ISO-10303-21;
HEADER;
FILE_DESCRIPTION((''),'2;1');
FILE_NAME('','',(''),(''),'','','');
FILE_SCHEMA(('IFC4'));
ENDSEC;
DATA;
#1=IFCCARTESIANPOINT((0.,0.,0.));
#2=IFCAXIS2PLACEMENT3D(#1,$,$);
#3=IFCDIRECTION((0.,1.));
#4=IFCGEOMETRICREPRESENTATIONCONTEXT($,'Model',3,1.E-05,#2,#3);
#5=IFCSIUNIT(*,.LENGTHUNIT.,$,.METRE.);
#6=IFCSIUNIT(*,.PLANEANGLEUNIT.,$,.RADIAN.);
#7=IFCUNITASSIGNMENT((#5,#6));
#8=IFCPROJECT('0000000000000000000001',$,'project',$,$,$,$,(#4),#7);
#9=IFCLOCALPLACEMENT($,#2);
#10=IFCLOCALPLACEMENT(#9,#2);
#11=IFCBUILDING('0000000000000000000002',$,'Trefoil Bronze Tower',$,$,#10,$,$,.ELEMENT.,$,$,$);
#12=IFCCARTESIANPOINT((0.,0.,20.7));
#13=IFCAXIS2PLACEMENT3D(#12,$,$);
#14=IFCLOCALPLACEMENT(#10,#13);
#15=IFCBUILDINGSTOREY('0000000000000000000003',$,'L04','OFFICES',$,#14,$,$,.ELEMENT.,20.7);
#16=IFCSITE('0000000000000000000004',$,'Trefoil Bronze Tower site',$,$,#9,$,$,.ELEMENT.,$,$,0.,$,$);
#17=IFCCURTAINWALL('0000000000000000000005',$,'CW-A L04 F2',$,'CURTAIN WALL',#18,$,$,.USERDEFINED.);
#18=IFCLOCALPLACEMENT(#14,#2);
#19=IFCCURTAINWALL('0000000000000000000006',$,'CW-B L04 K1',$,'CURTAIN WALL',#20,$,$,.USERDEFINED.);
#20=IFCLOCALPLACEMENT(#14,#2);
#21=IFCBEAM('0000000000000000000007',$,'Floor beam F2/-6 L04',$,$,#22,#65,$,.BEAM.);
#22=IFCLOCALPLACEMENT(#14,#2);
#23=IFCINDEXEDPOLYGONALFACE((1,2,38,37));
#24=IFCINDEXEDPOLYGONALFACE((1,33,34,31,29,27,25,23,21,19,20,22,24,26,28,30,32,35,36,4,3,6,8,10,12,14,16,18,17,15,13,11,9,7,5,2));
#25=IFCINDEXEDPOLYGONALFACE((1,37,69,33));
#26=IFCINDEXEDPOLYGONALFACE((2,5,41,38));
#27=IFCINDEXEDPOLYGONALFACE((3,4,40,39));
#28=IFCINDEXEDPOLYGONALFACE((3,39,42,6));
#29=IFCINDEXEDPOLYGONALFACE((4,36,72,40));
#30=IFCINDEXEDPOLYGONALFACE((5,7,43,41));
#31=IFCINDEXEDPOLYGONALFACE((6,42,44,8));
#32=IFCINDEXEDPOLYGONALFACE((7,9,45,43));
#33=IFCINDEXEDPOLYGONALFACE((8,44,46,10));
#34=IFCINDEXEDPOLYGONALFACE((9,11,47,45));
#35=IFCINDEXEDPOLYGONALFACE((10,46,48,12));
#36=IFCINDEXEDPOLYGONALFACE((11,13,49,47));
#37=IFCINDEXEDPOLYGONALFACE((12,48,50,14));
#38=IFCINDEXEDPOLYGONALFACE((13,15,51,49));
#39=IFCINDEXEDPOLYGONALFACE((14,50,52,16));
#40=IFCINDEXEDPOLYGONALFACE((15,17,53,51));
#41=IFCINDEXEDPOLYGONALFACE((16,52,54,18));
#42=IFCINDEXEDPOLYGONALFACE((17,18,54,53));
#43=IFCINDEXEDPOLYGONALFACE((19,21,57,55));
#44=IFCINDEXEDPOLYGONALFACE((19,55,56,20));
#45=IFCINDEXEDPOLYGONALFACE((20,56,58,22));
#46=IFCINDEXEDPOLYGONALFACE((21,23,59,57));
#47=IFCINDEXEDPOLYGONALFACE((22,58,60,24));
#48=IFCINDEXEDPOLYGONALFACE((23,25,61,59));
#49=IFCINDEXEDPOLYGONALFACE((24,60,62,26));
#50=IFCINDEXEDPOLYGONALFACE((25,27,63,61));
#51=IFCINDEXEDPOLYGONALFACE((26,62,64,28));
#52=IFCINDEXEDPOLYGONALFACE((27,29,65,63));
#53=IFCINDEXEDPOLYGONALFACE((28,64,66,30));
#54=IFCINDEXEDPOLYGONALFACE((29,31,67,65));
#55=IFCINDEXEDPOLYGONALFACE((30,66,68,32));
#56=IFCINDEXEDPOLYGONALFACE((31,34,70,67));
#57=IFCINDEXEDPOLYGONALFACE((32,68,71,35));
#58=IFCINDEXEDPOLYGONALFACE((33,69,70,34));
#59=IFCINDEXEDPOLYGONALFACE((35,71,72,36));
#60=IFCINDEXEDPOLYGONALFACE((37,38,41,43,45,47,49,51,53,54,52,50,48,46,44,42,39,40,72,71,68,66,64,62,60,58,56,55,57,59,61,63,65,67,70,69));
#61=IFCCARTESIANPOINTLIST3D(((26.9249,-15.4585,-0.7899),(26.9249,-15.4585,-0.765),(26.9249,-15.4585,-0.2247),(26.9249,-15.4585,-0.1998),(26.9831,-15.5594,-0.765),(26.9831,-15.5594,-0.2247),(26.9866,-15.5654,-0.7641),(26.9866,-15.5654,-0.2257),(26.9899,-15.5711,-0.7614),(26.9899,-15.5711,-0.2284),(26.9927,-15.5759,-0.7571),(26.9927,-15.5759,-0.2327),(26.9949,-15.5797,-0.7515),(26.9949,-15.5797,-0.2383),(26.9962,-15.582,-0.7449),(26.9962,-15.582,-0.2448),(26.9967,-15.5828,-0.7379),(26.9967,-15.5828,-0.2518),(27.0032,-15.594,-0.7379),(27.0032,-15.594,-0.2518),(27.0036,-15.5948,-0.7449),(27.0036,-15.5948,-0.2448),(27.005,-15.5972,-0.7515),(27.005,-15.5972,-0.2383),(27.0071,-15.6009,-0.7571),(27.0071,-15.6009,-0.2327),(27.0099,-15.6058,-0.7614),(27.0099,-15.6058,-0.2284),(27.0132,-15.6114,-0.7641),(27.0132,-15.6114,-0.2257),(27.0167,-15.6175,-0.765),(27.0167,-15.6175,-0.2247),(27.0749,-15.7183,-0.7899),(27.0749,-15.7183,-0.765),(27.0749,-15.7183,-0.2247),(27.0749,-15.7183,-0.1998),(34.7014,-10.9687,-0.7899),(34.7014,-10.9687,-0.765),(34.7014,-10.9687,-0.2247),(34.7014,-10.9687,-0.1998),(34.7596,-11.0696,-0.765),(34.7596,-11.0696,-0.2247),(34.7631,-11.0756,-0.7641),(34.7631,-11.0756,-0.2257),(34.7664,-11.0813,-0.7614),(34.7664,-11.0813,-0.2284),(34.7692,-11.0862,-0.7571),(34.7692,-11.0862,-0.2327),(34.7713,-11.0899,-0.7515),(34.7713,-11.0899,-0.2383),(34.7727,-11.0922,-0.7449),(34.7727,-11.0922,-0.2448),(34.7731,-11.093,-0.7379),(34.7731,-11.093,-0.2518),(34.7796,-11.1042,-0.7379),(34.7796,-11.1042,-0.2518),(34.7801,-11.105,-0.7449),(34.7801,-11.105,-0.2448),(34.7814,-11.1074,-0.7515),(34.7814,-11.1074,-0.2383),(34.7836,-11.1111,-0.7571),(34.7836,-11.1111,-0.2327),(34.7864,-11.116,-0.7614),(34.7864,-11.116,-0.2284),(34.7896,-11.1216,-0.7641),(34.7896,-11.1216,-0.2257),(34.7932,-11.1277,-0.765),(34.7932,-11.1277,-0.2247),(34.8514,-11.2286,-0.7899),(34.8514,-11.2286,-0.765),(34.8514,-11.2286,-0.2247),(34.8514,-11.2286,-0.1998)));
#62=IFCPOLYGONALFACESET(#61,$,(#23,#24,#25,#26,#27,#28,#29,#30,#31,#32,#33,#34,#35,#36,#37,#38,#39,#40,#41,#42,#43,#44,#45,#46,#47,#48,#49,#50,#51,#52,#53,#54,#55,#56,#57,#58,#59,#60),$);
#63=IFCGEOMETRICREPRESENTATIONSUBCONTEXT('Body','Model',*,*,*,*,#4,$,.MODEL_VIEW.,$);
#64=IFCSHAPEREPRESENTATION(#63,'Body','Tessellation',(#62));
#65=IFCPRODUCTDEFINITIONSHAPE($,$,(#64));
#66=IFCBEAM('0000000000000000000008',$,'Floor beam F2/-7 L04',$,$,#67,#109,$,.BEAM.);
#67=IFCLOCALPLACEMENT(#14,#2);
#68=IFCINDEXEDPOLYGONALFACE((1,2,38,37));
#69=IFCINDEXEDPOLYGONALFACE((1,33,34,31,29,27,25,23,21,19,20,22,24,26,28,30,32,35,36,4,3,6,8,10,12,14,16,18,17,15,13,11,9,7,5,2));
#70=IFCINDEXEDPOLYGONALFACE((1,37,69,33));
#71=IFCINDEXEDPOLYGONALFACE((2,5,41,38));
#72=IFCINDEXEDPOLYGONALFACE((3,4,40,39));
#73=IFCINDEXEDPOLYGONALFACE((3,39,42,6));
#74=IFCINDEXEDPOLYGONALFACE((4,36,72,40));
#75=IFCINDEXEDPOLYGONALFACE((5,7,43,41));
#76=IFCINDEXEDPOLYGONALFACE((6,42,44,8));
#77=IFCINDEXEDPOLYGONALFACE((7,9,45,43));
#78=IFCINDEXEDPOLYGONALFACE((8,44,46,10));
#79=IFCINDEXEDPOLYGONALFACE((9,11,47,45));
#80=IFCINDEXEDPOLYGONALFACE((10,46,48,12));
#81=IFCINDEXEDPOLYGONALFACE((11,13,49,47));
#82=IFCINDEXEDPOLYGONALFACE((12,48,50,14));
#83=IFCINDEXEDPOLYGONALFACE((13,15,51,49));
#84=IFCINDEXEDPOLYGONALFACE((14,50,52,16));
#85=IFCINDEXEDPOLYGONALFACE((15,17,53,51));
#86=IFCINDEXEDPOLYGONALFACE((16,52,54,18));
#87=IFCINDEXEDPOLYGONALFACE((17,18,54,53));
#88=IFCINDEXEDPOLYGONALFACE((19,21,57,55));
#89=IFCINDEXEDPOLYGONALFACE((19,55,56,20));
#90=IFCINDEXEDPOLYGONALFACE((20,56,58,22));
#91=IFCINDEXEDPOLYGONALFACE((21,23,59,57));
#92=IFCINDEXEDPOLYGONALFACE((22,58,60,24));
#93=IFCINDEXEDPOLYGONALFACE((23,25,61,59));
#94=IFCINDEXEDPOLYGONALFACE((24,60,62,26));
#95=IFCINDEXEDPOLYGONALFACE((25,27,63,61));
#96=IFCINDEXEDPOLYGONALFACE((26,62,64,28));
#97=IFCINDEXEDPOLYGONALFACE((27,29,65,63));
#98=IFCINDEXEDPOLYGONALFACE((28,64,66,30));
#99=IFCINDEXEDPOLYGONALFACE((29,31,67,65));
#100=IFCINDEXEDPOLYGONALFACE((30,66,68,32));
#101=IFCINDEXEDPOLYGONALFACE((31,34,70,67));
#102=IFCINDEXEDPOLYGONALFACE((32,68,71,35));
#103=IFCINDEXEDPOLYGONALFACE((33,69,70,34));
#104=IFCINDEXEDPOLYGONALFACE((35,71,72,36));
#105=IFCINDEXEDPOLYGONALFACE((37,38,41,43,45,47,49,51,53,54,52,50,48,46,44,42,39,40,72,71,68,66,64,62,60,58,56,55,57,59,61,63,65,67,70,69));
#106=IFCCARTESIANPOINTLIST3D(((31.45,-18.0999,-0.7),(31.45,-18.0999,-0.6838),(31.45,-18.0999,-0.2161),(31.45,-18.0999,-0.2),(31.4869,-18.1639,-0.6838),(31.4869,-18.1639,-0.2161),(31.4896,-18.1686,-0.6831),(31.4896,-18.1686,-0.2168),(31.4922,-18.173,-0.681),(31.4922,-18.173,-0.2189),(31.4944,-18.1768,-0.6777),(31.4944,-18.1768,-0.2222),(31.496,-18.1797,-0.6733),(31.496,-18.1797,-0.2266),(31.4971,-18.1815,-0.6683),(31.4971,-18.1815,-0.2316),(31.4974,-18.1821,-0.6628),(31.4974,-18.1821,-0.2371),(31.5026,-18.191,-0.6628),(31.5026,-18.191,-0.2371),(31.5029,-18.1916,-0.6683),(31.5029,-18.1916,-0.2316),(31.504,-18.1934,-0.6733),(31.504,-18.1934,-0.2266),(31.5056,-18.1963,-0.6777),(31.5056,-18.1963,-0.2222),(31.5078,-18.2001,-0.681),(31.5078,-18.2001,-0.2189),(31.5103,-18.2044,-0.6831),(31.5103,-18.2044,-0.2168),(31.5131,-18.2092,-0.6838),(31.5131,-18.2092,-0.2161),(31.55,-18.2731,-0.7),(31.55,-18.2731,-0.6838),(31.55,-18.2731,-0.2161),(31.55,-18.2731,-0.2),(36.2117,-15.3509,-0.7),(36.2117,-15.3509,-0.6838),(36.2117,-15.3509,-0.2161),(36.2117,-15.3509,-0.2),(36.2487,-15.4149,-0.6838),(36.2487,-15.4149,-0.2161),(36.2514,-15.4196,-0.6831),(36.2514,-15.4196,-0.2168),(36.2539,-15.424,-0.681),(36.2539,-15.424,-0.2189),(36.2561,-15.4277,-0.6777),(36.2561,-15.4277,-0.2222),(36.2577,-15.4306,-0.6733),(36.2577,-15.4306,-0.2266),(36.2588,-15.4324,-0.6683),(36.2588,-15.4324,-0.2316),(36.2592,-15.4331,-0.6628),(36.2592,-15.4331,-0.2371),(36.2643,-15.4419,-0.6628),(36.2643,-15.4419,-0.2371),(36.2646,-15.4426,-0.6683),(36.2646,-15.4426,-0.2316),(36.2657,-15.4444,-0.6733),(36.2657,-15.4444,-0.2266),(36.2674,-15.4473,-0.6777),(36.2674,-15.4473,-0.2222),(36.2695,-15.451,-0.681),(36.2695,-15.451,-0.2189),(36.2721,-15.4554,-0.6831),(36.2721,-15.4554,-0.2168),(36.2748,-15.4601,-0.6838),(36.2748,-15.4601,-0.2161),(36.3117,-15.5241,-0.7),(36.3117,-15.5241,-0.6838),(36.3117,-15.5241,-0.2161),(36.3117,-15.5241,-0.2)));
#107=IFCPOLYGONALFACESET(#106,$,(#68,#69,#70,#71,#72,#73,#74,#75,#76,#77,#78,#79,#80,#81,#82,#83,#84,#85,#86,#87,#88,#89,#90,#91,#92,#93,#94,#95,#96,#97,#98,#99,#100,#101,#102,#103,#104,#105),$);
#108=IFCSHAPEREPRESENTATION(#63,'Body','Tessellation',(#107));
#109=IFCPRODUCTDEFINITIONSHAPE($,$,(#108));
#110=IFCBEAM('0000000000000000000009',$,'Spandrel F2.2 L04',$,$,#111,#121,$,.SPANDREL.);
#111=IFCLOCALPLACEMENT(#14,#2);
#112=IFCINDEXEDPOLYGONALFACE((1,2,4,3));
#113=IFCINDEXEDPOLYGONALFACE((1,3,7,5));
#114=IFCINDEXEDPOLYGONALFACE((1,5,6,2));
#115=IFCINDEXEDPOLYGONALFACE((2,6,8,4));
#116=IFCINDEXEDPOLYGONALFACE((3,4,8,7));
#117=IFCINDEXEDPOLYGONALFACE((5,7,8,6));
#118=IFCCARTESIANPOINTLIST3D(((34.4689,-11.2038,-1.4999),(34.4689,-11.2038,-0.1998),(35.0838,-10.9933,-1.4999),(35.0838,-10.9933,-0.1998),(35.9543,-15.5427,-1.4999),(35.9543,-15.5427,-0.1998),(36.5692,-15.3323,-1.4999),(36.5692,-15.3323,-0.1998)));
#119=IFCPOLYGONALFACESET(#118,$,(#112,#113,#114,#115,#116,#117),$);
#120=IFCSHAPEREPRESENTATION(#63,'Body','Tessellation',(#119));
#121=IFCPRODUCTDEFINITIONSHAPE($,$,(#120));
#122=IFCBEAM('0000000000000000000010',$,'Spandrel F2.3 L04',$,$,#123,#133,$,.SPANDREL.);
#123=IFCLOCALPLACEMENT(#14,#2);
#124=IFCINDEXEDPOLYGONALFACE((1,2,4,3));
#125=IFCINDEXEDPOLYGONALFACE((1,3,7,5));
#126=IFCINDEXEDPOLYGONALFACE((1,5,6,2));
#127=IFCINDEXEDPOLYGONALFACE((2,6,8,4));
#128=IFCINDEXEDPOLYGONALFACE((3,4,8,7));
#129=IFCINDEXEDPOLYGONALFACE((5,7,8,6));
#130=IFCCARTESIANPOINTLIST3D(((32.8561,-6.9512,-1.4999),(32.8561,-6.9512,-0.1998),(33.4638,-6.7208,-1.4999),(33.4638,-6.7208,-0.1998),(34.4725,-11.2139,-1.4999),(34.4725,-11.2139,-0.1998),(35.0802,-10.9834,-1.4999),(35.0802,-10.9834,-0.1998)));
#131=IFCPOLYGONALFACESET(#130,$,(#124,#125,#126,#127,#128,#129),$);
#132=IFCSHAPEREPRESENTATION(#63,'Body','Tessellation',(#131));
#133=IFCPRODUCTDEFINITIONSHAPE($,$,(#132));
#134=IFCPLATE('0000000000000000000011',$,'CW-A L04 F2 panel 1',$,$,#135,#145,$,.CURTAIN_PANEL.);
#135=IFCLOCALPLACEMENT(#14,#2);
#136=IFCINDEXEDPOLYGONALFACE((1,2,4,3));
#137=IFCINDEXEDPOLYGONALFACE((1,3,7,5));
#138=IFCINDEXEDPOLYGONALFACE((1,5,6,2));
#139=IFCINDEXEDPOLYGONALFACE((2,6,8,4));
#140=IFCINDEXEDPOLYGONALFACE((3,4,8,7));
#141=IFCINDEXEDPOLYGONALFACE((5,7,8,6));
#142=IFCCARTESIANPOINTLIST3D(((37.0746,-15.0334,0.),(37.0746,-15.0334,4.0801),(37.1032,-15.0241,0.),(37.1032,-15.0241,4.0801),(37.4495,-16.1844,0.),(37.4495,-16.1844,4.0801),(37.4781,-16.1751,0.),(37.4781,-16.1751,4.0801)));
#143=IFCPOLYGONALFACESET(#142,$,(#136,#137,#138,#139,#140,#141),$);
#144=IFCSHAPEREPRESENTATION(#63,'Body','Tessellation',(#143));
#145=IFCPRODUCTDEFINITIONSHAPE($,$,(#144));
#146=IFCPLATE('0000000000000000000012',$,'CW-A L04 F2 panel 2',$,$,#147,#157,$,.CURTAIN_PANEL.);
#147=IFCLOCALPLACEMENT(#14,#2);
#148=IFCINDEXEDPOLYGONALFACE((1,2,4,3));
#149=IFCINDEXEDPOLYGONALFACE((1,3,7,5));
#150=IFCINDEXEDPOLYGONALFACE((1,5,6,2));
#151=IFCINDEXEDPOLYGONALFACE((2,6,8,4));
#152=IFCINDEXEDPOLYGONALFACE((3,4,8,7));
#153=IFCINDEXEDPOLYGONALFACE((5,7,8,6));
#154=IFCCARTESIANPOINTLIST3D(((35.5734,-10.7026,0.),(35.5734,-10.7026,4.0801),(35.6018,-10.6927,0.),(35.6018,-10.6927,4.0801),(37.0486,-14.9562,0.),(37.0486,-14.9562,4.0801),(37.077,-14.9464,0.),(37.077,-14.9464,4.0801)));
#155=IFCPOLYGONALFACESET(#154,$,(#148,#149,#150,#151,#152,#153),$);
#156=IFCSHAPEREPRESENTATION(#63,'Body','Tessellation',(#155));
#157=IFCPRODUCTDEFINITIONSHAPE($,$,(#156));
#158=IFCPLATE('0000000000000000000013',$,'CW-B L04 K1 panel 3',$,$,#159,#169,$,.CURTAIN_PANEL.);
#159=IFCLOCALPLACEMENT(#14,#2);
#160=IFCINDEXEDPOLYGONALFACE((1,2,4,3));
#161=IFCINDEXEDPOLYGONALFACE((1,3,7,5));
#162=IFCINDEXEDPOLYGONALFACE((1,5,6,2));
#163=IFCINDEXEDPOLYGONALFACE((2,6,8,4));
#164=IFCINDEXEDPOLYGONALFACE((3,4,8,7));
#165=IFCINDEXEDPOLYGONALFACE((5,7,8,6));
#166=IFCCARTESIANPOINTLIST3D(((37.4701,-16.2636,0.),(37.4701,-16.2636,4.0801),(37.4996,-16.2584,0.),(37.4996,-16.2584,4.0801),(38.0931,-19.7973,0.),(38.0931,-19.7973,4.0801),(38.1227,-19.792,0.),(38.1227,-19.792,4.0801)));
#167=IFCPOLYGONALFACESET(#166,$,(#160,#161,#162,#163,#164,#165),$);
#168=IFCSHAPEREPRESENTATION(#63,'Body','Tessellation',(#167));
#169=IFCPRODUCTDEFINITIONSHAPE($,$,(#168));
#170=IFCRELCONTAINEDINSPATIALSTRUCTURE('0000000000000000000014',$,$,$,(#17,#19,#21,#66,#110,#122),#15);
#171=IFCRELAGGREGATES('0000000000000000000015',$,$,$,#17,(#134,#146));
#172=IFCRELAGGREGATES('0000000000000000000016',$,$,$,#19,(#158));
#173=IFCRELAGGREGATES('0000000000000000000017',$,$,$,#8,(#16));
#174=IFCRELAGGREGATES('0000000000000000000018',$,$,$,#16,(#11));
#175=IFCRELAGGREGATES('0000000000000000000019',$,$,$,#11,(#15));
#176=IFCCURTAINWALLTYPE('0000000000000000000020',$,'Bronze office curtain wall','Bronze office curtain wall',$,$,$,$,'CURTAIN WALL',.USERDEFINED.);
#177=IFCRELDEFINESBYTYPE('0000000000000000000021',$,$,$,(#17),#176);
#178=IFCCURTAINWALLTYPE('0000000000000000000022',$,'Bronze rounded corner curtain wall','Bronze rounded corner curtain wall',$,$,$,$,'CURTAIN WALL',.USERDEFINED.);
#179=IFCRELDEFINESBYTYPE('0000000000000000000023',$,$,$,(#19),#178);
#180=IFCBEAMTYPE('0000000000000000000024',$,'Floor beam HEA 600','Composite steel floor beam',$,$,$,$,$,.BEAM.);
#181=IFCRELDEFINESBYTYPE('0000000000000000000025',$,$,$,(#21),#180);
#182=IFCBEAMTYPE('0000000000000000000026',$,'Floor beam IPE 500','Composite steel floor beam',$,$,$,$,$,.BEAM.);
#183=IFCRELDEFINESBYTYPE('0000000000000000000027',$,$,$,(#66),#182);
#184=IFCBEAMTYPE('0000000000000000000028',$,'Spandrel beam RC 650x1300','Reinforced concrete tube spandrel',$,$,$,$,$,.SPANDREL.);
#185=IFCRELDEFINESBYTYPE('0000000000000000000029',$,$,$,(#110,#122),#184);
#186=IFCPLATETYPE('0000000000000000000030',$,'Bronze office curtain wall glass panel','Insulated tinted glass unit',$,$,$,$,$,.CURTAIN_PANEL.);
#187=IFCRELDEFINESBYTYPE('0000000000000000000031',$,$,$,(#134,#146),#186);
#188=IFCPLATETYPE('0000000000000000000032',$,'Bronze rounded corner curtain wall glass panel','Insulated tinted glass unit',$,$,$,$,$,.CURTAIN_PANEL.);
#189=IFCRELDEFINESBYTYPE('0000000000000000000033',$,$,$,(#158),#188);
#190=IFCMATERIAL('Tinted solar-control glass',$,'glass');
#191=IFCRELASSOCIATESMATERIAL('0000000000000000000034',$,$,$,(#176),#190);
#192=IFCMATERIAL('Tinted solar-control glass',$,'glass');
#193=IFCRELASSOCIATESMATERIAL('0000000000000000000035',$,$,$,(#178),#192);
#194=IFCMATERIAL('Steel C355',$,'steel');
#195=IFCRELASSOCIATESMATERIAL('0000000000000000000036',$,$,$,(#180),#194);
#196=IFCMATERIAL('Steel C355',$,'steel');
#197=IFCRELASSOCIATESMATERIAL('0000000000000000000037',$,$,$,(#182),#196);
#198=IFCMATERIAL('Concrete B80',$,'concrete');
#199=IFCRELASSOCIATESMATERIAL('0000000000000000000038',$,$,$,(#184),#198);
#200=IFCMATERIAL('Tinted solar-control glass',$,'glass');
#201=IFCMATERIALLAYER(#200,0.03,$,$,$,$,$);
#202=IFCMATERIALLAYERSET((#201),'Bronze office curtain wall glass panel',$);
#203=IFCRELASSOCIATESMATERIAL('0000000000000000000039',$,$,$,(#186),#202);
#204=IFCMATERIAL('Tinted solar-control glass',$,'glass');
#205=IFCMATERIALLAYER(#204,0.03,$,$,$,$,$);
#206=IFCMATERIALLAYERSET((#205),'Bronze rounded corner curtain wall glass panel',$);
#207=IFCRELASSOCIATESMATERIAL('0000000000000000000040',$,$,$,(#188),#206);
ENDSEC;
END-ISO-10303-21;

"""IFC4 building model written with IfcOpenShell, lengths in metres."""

from ifc_helpers import new_model, si_unit, direction, frame, origin, origin_2d, place, context, subcontext, project, spatial, rectangle, i_section, extrude, material, layer, layer_set, material_profile, profile_set, type_object, element, aggregate, save


model = new_model("IFC4")

# Units and contexts
model_context = context("Model", 3, precision=1e-05, world=origin(), true_north=direction((0.0, 1.0)))
body_context = subcontext(model_context, "Body", "Model", "MODEL_VIEW")
ifc_project = project(units=[si_unit("LENGTHUNIT", "METRE"), si_unit("PLANEANGLEUNIT", "RADIAN")], contexts=[model_context])

# Site, building, storey
site_placement = place(None, origin())
site = spatial("IfcSite", under=ifc_project, at=site_placement, Name="Trefoil Bronze Tower site", CompositionType="ELEMENT", RefElevation=0.0)
building_placement = place(site_placement, origin())
building = spatial("IfcBuilding", under=site, at=building_placement, Name="Trefoil Bronze Tower", CompositionType="ELEMENT")
storey_placement = place(building_placement, frame((0.0, 0.0, 20.7)))
storey = spatial("IfcBuildingStorey", under=building, at=storey_placement, Name="L04", Description="OFFICES", CompositionType="ELEMENT", Elevation=20.7)

# Curtain wall
ifc_material_1 = material(Name="Tinted solar-control glass", Category="glass")
curtain_wall_type_1 = type_object("IfcCurtainWallType", Name="Bronze office curtain wall", Description="Bronze office curtain wall", ElementType="CURTAIN WALL", PredefinedType="USERDEFINED", material=ifc_material_1)
curtain_wall_1_placement = place(storey_placement, origin())
curtain_wall_1 = element("IfcCurtainWall", 1, at=curtain_wall_1_placement, inside=storey, type_object=curtain_wall_type_1, Name="CW-A L04 F2", ObjectType="CURTAIN WALL", PredefinedType="USERDEFINED")

# Curtain wall
ifc_material_2 = material(Name="Tinted solar-control glass", Category="glass")
curtain_wall_type_2 = type_object("IfcCurtainWallType", Name="Bronze rounded corner curtain wall", Description="Bronze rounded corner curtain wall", ElementType="CURTAIN WALL", PredefinedType="USERDEFINED", material=ifc_material_2)
curtain_wall_2_placement = place(storey_placement, origin())
curtain_wall_2 = element("IfcCurtainWall", 2, at=curtain_wall_2_placement, inside=storey, type_object=curtain_wall_type_2, Name="CW-B L04 K1", ObjectType="CURTAIN WALL", PredefinedType="USERDEFINED")

# Beams
ifc_material_3 = material(Name="Steel C355", Category="steel")
ifc_material_profile_1 = material_profile(ifc_material_3, i_section(OverallWidth=0.3, OverallDepth=0.5901, WebThickness=0.0129, FlangeThickness=0.0249, FilletRadius=0.0271, at=origin_2d()), Name="HEA 600")
ifc_profile_set_1 = profile_set([ifc_material_profile_1], Name="Steel C355")
beam_type_1 = type_object("IfcBeamType", Name="Floor beam HEA 600", Description="Composite steel floor beam", PredefinedType="BEAM", material=ifc_profile_set_1)
beam_1_placement = place(storey_placement, frame((34.7764, -11.0986, -0.4949), z_axis=(-0.866023, -0.500005, 0.0), x_axis=(0.500005, -0.866023, 0.0)))
element("IfcBeam", 3, at=beam_1_placement, inside=storey, type_object=beam_type_1, Name="Floor beam F2/-6 L04", PredefinedType="BEAM", context=body_context, shape_type="SweptSolid", body=[
    extrude(i_section(OverallWidth=0.3, OverallDepth=0.5901, WebThickness=0.0129, FlangeThickness=0.0249, FilletRadius=0.0271, at=origin_2d()), origin(), (0.0, 0.0, 1.0), 8.9795),
])
ifc_material_4 = material(Name="Steel C355", Category="steel")
ifc_material_profile_2 = material_profile(ifc_material_4, i_section(OverallWidth=0.2, OverallDepth=0.5, WebThickness=0.0103, FlangeThickness=0.0161, FilletRadius=0.021, at=origin_2d()), Name="IPE 500")
ifc_profile_set_2 = profile_set([ifc_material_profile_2], Name="Steel C355")
beam_type_2 = type_object("IfcBeamType", Name="Floor beam IPE 500", Description="Composite steel floor beam", PredefinedType="BEAM", material=ifc_profile_set_2)
beam_2_placement = place(storey_placement, frame((36.2617, -15.4375, -0.45), z_axis=(-0.866038, -0.499979, 0.0), x_axis=(0.499979, -0.866038, 0.0)))
element("IfcBeam", 4, at=beam_2_placement, inside=storey, type_object=beam_type_2, Name="Floor beam F2/-7 L04", PredefinedType="BEAM", context=body_context, shape_type="SweptSolid", body=[
    extrude(i_section(OverallWidth=0.2, OverallDepth=0.5, WebThickness=0.0103, FlangeThickness=0.0161, FilletRadius=0.021, at=origin_2d()), origin(), (0.0, 0.0, 1.0), 5.4983),
])
ifc_material_5 = material(Name="Concrete B80", Category="concrete")
ifc_material_profile_3 = material_profile(ifc_material_5, rectangle(XDim=0.6499, YDim=1.3, at=origin_2d()), Name="RC 650x1300")
ifc_profile_set_3 = profile_set([ifc_material_profile_3], Name="Concrete B80")
beam_type_3 = type_object("IfcBeamType", Name="Spandrel beam RC 650x1300", Description="Reinforced concrete tube spandrel", PredefinedType="SPANDREL", material=ifc_profile_set_3)
beam_3_placement = place(storey_placement, frame((36.2617, -15.4375, -0.8499), z_axis=(-0.323883, 0.946097, 0.0), x_axis=(-0.946097, -0.323883, 0.0)))
element("IfcBeam", 5, at=beam_3_placement, inside=storey, type_object=beam_type_3, Name="Spandrel F2.2 L04", PredefinedType="SPANDREL", context=body_context, shape_type="SweptSolid", body=[
    extrude(rectangle(XDim=0.6499, YDim=1.3, at=origin_2d()), origin(), (0.0, 0.0, 1.0), 4.5862),
])
beam_4_placement = place(storey_placement, frame((34.7764, -11.0986, -0.8499), z_axis=(-0.354572, 0.935029, 0.0), x_axis=(-0.935029, -0.354572, 0.0)))
element("IfcBeam", 6, at=beam_4_placement, inside=storey, type_object=beam_type_3, Name="Spandrel F2.3 L04", PredefinedType="SPANDREL", context=body_context, shape_type="SweptSolid", body=[
    extrude(rectangle(XDim=0.6499, YDim=1.3, at=origin_2d()), origin(), (0.0, 0.0, 1.0), 4.5588),
])

# Plates
ifc_material_6 = material(Name="Tinted solar-control glass", Category="glass")
ifc_layer_1 = layer(ifc_material_6, 0.03)
ifc_layer_set_1 = layer_set([ifc_layer_1], Name="Bronze office curtain wall glass panel")
plate_type_1 = type_object("IfcPlateType", Name="Bronze office curtain wall glass panel", Description="Insulated tinted glass unit", PredefinedType="CURTAIN_PANEL", material=ifc_layer_set_1)
plate_1_placement = place(storey_placement, frame((37.2764, -15.6042, 0.0), z_axis=(0.0, 0.0, 1.0), x_axis=(-0.309728, 0.950825, 0.0)))
plate_1 = element("IfcPlate", 7, at=plate_1_placement, type_object=plate_type_1, Name="CW-A L04 F2 panel 1", PredefinedType="CURTAIN_PANEL", context=body_context, shape_type="SweptSolid", body=[
    extrude(rectangle(XDim=1.2104, YDim=0.03, at=origin_2d()), origin(), (0.0, 0.0, 1.0), 4.0801),
])
plate_2_placement = place(storey_placement, frame((36.3252, -12.8245, 0.0), z_axis=(0.0, 0.0, 1.0), x_axis=(-0.327674, 0.944791, 0.0)))
plate_2 = element("IfcPlate", 8, at=plate_2_placement, type_object=plate_type_1, Name="CW-A L04 F2 panel 2", PredefinedType="CURTAIN_PANEL", context=body_context, shape_type="SweptSolid", body=[
    extrude(rectangle(XDim=4.5022, YDim=0.03, at=origin_2d()), origin(), (0.0, 0.0, 1.0), 4.0801),
])
aggregate(curtain_wall_1, [plate_1, plate_2])
ifc_material_7 = material(Name="Tinted solar-control glass", Category="glass")
ifc_layer_2 = layer(ifc_material_7, 0.03)
ifc_layer_set_2 = layer_set([ifc_layer_2], Name="Bronze rounded corner curtain wall glass panel")
plate_type_2 = type_object("IfcPlateType", Name="Bronze rounded corner curtain wall glass panel", Description="Insulated tinted glass unit", PredefinedType="CURTAIN_PANEL", material=ifc_layer_set_2)
plate_3_placement = place(storey_placement, frame((37.7964, -18.0278, 0.0), z_axis=(0.0, 0.0, 1.0), x_axis=(-0.173648, 0.984808, 0.0)))
plate_3 = element("IfcPlate", 9, at=plate_3_placement, type_object=plate_type_2, Name="CW-B L04 K1 panel 3", PredefinedType="CURTAIN_PANEL", context=body_context, shape_type="SweptSolid", body=[
    extrude(rectangle(XDim=3.5881, YDim=0.03, at=origin_2d()), origin(), (0.0, 0.0, 1.0), 4.0801),
])
aggregate(curtain_wall_2, [plate_3])

save(model, "model.ifc")
